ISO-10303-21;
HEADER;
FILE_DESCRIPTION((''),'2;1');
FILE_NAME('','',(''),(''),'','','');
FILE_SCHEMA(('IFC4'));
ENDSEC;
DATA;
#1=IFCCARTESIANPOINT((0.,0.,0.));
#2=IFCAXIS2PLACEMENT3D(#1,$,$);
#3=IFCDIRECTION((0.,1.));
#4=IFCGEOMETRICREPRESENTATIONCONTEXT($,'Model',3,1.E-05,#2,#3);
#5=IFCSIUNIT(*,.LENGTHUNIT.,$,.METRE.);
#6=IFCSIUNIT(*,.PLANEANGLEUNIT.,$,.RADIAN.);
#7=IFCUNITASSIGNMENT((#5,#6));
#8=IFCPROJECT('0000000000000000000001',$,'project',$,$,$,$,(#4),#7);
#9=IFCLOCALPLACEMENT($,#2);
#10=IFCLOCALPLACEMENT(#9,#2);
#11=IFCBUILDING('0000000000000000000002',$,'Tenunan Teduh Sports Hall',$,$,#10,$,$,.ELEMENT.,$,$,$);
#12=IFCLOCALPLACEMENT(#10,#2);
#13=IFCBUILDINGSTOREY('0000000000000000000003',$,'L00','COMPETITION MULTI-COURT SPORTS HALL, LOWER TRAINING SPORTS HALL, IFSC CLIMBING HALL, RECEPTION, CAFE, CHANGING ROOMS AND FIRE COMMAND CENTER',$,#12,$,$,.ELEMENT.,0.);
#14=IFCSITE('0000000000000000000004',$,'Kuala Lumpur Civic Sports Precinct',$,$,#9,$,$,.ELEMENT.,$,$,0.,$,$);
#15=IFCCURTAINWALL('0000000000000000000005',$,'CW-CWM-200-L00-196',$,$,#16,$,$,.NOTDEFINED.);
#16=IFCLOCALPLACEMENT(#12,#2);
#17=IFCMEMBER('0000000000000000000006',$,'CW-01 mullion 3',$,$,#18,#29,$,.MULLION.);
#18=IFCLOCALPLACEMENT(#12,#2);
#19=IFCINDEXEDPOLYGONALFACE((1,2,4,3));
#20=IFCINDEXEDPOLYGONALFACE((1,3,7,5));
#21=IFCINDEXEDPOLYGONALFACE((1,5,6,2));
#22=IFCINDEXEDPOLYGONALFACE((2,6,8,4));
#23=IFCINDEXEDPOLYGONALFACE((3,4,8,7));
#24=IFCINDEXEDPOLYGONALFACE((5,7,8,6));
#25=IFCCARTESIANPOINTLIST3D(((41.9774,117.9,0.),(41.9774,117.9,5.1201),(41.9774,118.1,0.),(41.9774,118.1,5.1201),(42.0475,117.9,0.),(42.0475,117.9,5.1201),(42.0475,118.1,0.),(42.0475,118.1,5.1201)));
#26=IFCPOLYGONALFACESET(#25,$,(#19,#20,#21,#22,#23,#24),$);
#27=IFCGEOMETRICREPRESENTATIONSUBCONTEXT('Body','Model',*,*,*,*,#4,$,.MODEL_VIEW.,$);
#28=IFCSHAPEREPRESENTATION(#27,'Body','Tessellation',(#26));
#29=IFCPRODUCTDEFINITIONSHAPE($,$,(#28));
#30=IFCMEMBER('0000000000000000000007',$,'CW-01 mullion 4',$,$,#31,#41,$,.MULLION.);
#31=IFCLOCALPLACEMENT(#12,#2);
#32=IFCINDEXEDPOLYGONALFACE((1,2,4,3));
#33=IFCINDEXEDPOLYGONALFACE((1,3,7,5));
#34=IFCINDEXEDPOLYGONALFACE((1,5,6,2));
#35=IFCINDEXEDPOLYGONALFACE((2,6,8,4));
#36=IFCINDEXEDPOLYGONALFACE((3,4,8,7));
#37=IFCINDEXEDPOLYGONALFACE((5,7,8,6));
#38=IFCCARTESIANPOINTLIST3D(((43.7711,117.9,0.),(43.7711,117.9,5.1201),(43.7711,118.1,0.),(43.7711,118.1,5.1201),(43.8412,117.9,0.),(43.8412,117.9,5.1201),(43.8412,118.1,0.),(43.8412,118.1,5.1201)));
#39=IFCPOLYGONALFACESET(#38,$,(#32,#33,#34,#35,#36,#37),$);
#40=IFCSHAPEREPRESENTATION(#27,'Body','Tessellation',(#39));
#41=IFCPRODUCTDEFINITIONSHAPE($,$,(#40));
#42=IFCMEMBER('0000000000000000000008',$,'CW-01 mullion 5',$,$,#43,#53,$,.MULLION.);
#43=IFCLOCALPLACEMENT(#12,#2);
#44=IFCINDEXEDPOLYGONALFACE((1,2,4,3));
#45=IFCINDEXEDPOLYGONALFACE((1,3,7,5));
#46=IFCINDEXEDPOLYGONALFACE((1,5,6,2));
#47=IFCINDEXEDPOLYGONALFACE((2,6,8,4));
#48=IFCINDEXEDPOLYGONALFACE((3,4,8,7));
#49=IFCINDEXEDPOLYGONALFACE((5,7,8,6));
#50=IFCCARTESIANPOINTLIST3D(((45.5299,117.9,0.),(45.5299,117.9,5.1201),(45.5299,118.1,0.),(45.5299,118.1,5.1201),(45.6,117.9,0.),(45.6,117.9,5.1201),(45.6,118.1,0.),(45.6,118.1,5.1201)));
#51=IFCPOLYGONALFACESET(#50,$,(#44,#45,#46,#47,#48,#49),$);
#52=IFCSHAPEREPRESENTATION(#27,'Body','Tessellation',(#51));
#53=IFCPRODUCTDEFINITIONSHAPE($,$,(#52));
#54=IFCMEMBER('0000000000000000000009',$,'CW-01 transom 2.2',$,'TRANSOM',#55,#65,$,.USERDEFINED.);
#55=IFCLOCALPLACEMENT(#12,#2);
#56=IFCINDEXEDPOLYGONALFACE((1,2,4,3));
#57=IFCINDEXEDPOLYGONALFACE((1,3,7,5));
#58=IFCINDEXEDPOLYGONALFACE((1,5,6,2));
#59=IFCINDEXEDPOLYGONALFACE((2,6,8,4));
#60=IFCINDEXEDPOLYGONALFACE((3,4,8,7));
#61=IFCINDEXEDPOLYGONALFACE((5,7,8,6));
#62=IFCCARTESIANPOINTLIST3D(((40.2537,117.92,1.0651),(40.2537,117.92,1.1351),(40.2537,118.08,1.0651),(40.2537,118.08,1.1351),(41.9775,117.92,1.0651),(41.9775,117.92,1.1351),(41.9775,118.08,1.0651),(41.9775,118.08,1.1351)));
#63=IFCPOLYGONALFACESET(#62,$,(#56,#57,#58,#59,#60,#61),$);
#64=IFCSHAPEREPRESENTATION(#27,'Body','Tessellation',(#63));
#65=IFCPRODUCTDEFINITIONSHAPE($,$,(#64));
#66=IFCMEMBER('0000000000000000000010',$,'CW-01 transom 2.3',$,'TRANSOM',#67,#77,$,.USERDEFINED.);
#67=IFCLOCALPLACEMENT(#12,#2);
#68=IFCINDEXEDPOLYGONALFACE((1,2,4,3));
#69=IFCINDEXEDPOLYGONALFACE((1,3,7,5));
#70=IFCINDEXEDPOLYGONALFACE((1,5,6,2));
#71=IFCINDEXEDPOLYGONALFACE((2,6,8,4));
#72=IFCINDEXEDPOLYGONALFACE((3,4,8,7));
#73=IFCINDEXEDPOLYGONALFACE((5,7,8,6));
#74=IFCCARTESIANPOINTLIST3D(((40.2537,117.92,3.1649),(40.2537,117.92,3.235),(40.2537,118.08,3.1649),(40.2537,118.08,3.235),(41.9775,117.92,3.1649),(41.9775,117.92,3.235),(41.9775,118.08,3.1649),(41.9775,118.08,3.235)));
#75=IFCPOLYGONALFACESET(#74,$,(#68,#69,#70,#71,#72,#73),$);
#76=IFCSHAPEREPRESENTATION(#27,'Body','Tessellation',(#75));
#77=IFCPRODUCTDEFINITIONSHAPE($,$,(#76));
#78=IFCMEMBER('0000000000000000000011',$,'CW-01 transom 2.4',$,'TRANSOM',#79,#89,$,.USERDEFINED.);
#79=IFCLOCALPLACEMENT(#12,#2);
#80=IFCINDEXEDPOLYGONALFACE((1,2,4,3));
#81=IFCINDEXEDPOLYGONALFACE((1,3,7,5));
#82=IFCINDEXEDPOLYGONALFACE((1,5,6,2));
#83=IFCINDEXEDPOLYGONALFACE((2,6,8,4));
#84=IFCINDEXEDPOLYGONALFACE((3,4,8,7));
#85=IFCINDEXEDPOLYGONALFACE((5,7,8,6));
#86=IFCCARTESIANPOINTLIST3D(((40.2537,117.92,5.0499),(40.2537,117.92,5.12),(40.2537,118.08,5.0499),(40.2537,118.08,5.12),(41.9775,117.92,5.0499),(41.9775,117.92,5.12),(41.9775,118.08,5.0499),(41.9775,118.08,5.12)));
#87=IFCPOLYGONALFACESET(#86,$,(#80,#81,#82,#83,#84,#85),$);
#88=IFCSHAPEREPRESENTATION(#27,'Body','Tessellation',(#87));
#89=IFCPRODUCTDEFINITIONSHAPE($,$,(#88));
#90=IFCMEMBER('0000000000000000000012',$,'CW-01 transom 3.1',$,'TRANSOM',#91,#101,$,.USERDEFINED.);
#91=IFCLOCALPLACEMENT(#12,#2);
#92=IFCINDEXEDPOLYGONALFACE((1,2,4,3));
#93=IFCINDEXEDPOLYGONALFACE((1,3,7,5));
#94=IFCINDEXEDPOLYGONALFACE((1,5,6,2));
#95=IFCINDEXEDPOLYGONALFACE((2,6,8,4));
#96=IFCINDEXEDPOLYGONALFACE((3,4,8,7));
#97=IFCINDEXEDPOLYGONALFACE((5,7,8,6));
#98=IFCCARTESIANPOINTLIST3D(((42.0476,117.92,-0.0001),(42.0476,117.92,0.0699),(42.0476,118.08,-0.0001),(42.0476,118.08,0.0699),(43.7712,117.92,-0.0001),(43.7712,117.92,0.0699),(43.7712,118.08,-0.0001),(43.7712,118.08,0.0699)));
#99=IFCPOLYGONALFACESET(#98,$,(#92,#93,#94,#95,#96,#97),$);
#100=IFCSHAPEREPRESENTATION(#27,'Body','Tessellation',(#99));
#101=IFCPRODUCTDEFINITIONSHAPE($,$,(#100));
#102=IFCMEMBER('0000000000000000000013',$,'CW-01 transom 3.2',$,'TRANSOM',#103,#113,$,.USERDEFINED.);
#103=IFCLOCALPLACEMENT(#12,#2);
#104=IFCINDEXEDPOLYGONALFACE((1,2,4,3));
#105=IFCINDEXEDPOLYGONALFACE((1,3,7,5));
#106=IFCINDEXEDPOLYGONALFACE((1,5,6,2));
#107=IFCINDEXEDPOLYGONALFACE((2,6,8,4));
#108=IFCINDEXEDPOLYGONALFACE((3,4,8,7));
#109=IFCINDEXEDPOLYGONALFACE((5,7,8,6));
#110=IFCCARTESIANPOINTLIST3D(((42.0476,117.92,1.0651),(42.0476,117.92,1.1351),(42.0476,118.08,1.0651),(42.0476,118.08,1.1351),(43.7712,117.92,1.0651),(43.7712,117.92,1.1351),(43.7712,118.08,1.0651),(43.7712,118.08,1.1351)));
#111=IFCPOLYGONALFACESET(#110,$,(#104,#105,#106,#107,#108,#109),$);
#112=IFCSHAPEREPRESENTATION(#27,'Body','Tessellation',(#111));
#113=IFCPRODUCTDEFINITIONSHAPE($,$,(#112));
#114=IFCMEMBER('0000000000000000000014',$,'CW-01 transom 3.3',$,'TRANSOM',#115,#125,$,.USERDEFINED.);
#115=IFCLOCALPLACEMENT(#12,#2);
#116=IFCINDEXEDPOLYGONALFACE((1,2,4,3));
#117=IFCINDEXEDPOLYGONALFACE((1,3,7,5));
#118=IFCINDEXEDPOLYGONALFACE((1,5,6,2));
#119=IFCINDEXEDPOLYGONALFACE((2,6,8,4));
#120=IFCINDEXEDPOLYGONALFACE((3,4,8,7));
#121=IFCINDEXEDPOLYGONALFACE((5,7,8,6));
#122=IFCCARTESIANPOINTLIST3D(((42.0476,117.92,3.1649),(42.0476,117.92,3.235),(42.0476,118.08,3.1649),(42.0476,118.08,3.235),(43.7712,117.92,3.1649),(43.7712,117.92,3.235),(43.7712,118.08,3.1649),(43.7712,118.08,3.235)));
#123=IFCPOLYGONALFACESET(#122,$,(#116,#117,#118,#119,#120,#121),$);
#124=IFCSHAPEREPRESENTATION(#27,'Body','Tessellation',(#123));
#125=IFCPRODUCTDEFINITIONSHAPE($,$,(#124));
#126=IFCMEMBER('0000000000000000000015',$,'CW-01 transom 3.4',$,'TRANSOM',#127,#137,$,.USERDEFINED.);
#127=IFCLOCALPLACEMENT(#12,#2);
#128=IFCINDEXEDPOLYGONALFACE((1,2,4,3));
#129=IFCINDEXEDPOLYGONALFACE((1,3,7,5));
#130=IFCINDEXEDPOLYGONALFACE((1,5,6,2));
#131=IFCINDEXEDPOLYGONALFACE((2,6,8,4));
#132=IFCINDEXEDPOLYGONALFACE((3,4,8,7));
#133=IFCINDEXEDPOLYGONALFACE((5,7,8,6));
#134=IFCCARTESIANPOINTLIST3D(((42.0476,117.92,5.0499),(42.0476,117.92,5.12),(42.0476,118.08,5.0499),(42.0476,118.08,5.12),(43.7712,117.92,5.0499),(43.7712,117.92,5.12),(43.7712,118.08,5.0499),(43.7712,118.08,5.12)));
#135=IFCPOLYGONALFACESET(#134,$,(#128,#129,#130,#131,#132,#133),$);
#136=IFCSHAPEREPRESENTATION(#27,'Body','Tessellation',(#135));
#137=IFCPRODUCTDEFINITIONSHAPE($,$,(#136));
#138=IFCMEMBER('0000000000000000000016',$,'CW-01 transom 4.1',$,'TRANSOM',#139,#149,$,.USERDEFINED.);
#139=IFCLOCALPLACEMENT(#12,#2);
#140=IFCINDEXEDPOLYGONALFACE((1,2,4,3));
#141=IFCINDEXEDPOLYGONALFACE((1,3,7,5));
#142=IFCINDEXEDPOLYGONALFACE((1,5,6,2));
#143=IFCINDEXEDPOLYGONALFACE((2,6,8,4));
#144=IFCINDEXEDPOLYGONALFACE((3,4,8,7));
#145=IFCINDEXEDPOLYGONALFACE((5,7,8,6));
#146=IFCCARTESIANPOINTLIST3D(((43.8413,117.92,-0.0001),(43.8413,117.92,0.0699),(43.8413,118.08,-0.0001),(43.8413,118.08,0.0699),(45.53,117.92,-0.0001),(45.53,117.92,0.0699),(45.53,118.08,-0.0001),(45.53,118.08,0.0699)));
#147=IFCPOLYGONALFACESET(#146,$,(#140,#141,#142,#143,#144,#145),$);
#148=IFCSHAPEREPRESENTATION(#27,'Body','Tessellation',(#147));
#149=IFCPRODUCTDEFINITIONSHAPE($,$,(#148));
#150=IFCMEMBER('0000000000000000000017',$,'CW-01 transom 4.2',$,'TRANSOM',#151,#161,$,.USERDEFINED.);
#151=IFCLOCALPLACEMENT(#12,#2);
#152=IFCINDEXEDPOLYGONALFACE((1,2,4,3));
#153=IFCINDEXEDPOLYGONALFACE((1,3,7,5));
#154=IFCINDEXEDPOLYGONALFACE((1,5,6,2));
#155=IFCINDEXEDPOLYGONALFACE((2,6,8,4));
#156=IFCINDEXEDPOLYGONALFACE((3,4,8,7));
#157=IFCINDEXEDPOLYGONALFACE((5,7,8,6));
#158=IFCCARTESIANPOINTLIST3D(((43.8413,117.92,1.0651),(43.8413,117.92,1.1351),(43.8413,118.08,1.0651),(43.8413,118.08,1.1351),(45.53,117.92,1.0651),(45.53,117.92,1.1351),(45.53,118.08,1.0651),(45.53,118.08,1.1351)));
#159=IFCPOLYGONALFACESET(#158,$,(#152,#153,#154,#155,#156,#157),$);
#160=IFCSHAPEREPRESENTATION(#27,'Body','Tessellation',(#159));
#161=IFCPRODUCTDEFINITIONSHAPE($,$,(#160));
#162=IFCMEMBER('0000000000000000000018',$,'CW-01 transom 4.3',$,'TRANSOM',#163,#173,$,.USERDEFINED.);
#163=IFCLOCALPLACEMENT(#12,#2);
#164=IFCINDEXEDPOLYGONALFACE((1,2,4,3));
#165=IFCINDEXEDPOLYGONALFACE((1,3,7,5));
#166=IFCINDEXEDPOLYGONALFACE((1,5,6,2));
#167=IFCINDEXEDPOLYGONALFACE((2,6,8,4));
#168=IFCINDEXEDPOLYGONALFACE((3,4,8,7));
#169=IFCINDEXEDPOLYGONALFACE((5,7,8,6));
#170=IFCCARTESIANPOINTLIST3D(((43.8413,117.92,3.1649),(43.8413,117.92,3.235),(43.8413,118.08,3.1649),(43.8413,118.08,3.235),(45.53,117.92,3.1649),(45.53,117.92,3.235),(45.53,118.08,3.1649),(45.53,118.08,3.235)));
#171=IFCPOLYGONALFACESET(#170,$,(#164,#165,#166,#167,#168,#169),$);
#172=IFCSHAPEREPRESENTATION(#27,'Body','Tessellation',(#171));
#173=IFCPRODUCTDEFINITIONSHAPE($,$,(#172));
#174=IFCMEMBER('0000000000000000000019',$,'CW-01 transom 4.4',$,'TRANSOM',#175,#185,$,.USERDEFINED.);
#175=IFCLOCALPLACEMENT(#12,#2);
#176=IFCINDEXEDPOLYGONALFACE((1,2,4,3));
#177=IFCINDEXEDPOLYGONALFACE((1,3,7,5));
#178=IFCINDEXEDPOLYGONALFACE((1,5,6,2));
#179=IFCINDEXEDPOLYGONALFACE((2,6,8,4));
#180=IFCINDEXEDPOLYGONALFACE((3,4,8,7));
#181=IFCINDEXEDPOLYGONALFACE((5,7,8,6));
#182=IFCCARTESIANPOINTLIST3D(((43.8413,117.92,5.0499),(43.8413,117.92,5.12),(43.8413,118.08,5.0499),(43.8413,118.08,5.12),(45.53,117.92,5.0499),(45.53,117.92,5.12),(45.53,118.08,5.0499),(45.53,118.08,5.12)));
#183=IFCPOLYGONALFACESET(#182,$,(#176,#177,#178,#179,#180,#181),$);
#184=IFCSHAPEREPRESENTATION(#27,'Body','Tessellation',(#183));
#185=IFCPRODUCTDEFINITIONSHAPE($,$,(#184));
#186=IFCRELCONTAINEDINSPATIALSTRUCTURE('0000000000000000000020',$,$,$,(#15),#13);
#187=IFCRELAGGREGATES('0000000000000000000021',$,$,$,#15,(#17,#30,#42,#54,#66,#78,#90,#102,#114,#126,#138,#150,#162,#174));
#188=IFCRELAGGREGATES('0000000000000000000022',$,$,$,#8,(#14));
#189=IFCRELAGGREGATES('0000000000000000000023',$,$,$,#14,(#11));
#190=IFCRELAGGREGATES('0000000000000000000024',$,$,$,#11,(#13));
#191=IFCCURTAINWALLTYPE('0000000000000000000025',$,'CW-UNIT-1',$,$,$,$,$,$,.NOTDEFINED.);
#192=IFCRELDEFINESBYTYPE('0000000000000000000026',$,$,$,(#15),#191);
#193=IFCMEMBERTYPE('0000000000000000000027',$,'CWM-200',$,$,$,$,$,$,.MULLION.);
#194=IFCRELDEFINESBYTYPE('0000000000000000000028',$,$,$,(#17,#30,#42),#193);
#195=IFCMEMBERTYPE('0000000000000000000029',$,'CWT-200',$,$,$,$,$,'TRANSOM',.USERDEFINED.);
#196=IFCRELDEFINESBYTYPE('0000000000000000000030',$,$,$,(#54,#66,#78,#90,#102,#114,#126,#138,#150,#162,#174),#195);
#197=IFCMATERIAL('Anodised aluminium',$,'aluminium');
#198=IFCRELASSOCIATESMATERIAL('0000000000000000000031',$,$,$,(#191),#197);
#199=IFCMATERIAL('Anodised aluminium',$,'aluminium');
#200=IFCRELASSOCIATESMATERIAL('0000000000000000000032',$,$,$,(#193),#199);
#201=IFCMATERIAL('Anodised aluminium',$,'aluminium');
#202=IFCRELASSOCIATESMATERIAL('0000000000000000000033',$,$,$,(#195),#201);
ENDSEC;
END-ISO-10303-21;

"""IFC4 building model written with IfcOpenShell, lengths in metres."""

from ifc_helpers import new_model, si_unit, direction, frame, origin, origin_2d, place, context, subcontext, project, spatial, rectangle, extrude, material, material_profile, profile_set, type_object, element, aggregate, save


model = new_model("IFC4")

# Units and contexts
model_context = context("Model", 3, precision=1e-05, world=origin(), true_north=direction((0.0, 1.0)))
body_context = subcontext(model_context, "Body", "Model", "MODEL_VIEW")
ifc_project = project(units=[si_unit("LENGTHUNIT", "METRE"), si_unit("PLANEANGLEUNIT", "RADIAN")], contexts=[model_context])

# Site, building, storey
site_placement = place(None, origin())
site = spatial("IfcSite", under=ifc_project, at=site_placement, Name="Kuala Lumpur Civic Sports Precinct", CompositionType="ELEMENT", RefElevation=0.0)
building_placement = place(site_placement, origin())
building = spatial("IfcBuilding", under=site, at=building_placement, Name="Tenunan Teduh Sports Hall", CompositionType="ELEMENT")
storey_placement = place(building_placement, origin())
storey = spatial("IfcBuildingStorey", under=building, at=storey_placement, Name="L00", Description="COMPETITION MULTI-COURT SPORTS HALL, LOWER TRAINING SPORTS HALL, IFSC CLIMBING HALL, RECEPTION, CAFE, CHANGING ROOMS AND FIRE COMMAND CENTER", CompositionType="ELEMENT", Elevation=0.0)

# Curtain wall, members
ifc_material_1 = material(Name="Anodised aluminium", Category="aluminium")
curtain_wall_type = type_object("IfcCurtainWallType", Name="CW-UNIT-1", PredefinedType="NOTDEFINED", material=ifc_material_1)
curtain_wall_placement = place(storey_placement, origin())
curtain_wall = element("IfcCurtainWall", 1, at=curtain_wall_placement, inside=storey, type_object=curtain_wall_type, Name="CW-CWM-200-L00-196", PredefinedType="NOTDEFINED")
ifc_material_2 = material(Name="Anodised aluminium", Category="aluminium")
ifc_material_profile_1 = material_profile(ifc_material_2, rectangle(XDim=0.0701, YDim=0.2, at=origin_2d()), Name="CWM 70x200")
ifc_profile_set_1 = profile_set([ifc_material_profile_1], Name="Anodised aluminium")
member_type_1 = type_object("IfcMemberType", Name="CWM-200", PredefinedType="MULLION", material=ifc_profile_set_1)
member_1_placement = place(storey_placement, frame((42.0125, 118.0, 0.0), z_axis=(0.0, 0.0, 1.0), x_axis=(1.0, 0.0, 0.0)))
member_1 = element("IfcMember", 2, at=member_1_placement, type_object=member_type_1, Name="CW-01 mullion 3", PredefinedType="MULLION", context=body_context, shape_type="SweptSolid", body=[
    extrude(rectangle(XDim=0.0701, YDim=0.2, at=origin_2d()), origin(), (0.0, 0.0, 1.0), 5.1201),
])
member_2_placement = place(storey_placement, frame((43.8062, 118.0, 0.0), z_axis=(0.0, 0.0, 1.0), x_axis=(1.0, 0.0, 0.0)))
member_2 = element("IfcMember", 3, at=member_2_placement, type_object=member_type_1, Name="CW-01 mullion 4", PredefinedType="MULLION", context=body_context, shape_type="SweptSolid", body=[
    extrude(rectangle(XDim=0.0701, YDim=0.2, at=origin_2d()), origin(), (0.0, 0.0, 1.0), 5.1201),
])
member_3_placement = place(storey_placement, frame((45.5649, 118.0, 0.0), z_axis=(0.0, 0.0, 1.0), x_axis=(1.0, 0.0, 0.0)))
member_3 = element("IfcMember", 4, at=member_3_placement, type_object=member_type_1, Name="CW-01 mullion 5", PredefinedType="MULLION", context=body_context, shape_type="SweptSolid", body=[
    extrude(rectangle(XDim=0.0701, YDim=0.2, at=origin_2d()), origin(), (0.0, 0.0, 1.0), 5.1201),
])
ifc_material_3 = material(Name="Anodised aluminium", Category="aluminium")
ifc_material_profile_2 = material_profile(ifc_material_3, rectangle(XDim=0.0701, YDim=0.1599, at=origin_2d()), Name="CWT 70x160")
ifc_profile_set_2 = profile_set([ifc_material_profile_2], Name="Anodised aluminium")
member_type_2 = type_object("IfcMemberType", Name="CWT-200", ElementType="TRANSOM", PredefinedType="USERDEFINED", material=ifc_profile_set_2)
member_4_placement = place(storey_placement, frame((40.2537, 118.0, 1.1001), z_axis=(1.0, 0.0, 0.0), x_axis=(0.0, 0.0, 1.0)))
member_4 = element("IfcMember", 5, at=member_4_placement, type_object=member_type_2, Name="CW-01 transom 2.2", ObjectType="TRANSOM", PredefinedType="USERDEFINED", context=body_context, shape_type="SweptSolid", body=[
    extrude(rectangle(XDim=0.0701, YDim=0.1599, at=origin_2d()), origin(), (0.0, 0.0, 1.0), 1.7239),
])
member_5_placement = place(storey_placement, frame((40.2537, 118.0, 3.2), z_axis=(1.0, 0.0, 0.0), x_axis=(0.0, 0.0, 1.0)))
member_5 = element("IfcMember", 6, at=member_5_placement, type_object=member_type_2, Name="CW-01 transom 2.3", ObjectType="TRANSOM", PredefinedType="USERDEFINED", context=body_context, shape_type="SweptSolid", body=[
    extrude(rectangle(XDim=0.0701, YDim=0.1599, at=origin_2d()), origin(), (0.0, 0.0, 1.0), 1.7239),
])
member_6_placement = place(storey_placement, frame((40.2537, 118.0, 5.085), z_axis=(1.0, 0.0, 0.0), x_axis=(0.0, 0.0, 1.0)))
member_6 = element("IfcMember", 7, at=member_6_placement, type_object=member_type_2, Name="CW-01 transom 2.4", ObjectType="TRANSOM", PredefinedType="USERDEFINED", context=body_context, shape_type="SweptSolid", body=[
    extrude(rectangle(XDim=0.0701, YDim=0.1599, at=origin_2d()), origin(), (0.0, 0.0, 1.0), 1.7239),
])
member_7_placement = place(storey_placement, frame((42.0476, 118.0, 0.0349), z_axis=(1.0, 0.0, 0.0), x_axis=(0.0, 0.0, 1.0)))
member_7 = element("IfcMember", 8, at=member_7_placement, type_object=member_type_2, Name="CW-01 transom 3.1", ObjectType="TRANSOM", PredefinedType="USERDEFINED", context=body_context, shape_type="SweptSolid", body=[
    extrude(rectangle(XDim=0.0701, YDim=0.1599, at=origin_2d()), origin(), (0.0, 0.0, 1.0), 1.7236),
])
member_8_placement = place(storey_placement, frame((42.0476, 118.0, 1.1001), z_axis=(1.0, 0.0, 0.0), x_axis=(0.0, 0.0, 1.0)))
member_8 = element("IfcMember", 9, at=member_8_placement, type_object=member_type_2, Name="CW-01 transom 3.2", ObjectType="TRANSOM", PredefinedType="USERDEFINED", context=body_context, shape_type="SweptSolid", body=[
    extrude(rectangle(XDim=0.0701, YDim=0.1599, at=origin_2d()), origin(), (0.0, 0.0, 1.0), 1.7236),
])
member_9_placement = place(storey_placement, frame((42.0476, 118.0, 3.2), z_axis=(1.0, 0.0, 0.0), x_axis=(0.0, 0.0, 1.0)))
member_9 = element("IfcMember", 10, at=member_9_placement, type_object=member_type_2, Name="CW-01 transom 3.3", ObjectType="TRANSOM", PredefinedType="USERDEFINED", context=body_context, shape_type="SweptSolid", body=[
    extrude(rectangle(XDim=0.0701, YDim=0.1599, at=origin_2d()), origin(), (0.0, 0.0, 1.0), 1.7236),
])
member_10_placement = place(storey_placement, frame((42.0476, 118.0, 5.085), z_axis=(1.0, 0.0, 0.0), x_axis=(0.0, 0.0, 1.0)))
member_10 = element("IfcMember", 11, at=member_10_placement, type_object=member_type_2, Name="CW-01 transom 3.4", ObjectType="TRANSOM", PredefinedType="USERDEFINED", context=body_context, shape_type="SweptSolid", body=[
    extrude(rectangle(XDim=0.0701, YDim=0.1599, at=origin_2d()), origin(), (0.0, 0.0, 1.0), 1.7236),
])
member_11_placement = place(storey_placement, frame((43.8413, 118.0, 0.0349), z_axis=(1.0, 0.0, 0.0), x_axis=(0.0, 0.0, 1.0)))
member_11 = element("IfcMember", 12, at=member_11_placement, type_object=member_type_2, Name="CW-01 transom 4.1", ObjectType="TRANSOM", PredefinedType="USERDEFINED", context=body_context, shape_type="SweptSolid", body=[
    extrude(rectangle(XDim=0.0701, YDim=0.1599, at=origin_2d()), origin(), (0.0, 0.0, 1.0), 1.6887),
])
member_12_placement = place(storey_placement, frame((43.8413, 118.0, 1.1001), z_axis=(1.0, 0.0, 0.0), x_axis=(0.0, 0.0, 1.0)))
member_12 = element("IfcMember", 13, at=member_12_placement, type_object=member_type_2, Name="CW-01 transom 4.2", ObjectType="TRANSOM", PredefinedType="USERDEFINED", context=body_context, shape_type="SweptSolid", body=[
    extrude(rectangle(XDim=0.0701, YDim=0.1599, at=origin_2d()), origin(), (0.0, 0.0, 1.0), 1.6887),
])
member_13_placement = place(storey_placement, frame((43.8413, 118.0, 3.2), z_axis=(1.0, 0.0, 0.0), x_axis=(0.0, 0.0, 1.0)))
member_13 = element("IfcMember", 14, at=member_13_placement, type_object=member_type_2, Name="CW-01 transom 4.3", ObjectType="TRANSOM", PredefinedType="USERDEFINED", context=body_context, shape_type="SweptSolid", body=[
    extrude(rectangle(XDim=0.0701, YDim=0.1599, at=origin_2d()), origin(), (0.0, 0.0, 1.0), 1.6887),
])
member_14_placement = place(storey_placement, frame((43.8413, 118.0, 5.085), z_axis=(1.0, 0.0, 0.0), x_axis=(0.0, 0.0, 1.0)))
member_14 = element("IfcMember", 15, at=member_14_placement, type_object=member_type_2, Name="CW-01 transom 4.4", ObjectType="TRANSOM", PredefinedType="USERDEFINED", context=body_context, shape_type="SweptSolid", body=[
    extrude(rectangle(XDim=0.0701, YDim=0.1599, at=origin_2d()), origin(), (0.0, 0.0, 1.0), 1.6887),
])
aggregate(curtain_wall, [member_1, member_2, member_3, member_4, member_5, member_6, member_7, member_8, member_9, member_10, member_11, member_12, member_13, member_14])

save(model, "model.ifc")
